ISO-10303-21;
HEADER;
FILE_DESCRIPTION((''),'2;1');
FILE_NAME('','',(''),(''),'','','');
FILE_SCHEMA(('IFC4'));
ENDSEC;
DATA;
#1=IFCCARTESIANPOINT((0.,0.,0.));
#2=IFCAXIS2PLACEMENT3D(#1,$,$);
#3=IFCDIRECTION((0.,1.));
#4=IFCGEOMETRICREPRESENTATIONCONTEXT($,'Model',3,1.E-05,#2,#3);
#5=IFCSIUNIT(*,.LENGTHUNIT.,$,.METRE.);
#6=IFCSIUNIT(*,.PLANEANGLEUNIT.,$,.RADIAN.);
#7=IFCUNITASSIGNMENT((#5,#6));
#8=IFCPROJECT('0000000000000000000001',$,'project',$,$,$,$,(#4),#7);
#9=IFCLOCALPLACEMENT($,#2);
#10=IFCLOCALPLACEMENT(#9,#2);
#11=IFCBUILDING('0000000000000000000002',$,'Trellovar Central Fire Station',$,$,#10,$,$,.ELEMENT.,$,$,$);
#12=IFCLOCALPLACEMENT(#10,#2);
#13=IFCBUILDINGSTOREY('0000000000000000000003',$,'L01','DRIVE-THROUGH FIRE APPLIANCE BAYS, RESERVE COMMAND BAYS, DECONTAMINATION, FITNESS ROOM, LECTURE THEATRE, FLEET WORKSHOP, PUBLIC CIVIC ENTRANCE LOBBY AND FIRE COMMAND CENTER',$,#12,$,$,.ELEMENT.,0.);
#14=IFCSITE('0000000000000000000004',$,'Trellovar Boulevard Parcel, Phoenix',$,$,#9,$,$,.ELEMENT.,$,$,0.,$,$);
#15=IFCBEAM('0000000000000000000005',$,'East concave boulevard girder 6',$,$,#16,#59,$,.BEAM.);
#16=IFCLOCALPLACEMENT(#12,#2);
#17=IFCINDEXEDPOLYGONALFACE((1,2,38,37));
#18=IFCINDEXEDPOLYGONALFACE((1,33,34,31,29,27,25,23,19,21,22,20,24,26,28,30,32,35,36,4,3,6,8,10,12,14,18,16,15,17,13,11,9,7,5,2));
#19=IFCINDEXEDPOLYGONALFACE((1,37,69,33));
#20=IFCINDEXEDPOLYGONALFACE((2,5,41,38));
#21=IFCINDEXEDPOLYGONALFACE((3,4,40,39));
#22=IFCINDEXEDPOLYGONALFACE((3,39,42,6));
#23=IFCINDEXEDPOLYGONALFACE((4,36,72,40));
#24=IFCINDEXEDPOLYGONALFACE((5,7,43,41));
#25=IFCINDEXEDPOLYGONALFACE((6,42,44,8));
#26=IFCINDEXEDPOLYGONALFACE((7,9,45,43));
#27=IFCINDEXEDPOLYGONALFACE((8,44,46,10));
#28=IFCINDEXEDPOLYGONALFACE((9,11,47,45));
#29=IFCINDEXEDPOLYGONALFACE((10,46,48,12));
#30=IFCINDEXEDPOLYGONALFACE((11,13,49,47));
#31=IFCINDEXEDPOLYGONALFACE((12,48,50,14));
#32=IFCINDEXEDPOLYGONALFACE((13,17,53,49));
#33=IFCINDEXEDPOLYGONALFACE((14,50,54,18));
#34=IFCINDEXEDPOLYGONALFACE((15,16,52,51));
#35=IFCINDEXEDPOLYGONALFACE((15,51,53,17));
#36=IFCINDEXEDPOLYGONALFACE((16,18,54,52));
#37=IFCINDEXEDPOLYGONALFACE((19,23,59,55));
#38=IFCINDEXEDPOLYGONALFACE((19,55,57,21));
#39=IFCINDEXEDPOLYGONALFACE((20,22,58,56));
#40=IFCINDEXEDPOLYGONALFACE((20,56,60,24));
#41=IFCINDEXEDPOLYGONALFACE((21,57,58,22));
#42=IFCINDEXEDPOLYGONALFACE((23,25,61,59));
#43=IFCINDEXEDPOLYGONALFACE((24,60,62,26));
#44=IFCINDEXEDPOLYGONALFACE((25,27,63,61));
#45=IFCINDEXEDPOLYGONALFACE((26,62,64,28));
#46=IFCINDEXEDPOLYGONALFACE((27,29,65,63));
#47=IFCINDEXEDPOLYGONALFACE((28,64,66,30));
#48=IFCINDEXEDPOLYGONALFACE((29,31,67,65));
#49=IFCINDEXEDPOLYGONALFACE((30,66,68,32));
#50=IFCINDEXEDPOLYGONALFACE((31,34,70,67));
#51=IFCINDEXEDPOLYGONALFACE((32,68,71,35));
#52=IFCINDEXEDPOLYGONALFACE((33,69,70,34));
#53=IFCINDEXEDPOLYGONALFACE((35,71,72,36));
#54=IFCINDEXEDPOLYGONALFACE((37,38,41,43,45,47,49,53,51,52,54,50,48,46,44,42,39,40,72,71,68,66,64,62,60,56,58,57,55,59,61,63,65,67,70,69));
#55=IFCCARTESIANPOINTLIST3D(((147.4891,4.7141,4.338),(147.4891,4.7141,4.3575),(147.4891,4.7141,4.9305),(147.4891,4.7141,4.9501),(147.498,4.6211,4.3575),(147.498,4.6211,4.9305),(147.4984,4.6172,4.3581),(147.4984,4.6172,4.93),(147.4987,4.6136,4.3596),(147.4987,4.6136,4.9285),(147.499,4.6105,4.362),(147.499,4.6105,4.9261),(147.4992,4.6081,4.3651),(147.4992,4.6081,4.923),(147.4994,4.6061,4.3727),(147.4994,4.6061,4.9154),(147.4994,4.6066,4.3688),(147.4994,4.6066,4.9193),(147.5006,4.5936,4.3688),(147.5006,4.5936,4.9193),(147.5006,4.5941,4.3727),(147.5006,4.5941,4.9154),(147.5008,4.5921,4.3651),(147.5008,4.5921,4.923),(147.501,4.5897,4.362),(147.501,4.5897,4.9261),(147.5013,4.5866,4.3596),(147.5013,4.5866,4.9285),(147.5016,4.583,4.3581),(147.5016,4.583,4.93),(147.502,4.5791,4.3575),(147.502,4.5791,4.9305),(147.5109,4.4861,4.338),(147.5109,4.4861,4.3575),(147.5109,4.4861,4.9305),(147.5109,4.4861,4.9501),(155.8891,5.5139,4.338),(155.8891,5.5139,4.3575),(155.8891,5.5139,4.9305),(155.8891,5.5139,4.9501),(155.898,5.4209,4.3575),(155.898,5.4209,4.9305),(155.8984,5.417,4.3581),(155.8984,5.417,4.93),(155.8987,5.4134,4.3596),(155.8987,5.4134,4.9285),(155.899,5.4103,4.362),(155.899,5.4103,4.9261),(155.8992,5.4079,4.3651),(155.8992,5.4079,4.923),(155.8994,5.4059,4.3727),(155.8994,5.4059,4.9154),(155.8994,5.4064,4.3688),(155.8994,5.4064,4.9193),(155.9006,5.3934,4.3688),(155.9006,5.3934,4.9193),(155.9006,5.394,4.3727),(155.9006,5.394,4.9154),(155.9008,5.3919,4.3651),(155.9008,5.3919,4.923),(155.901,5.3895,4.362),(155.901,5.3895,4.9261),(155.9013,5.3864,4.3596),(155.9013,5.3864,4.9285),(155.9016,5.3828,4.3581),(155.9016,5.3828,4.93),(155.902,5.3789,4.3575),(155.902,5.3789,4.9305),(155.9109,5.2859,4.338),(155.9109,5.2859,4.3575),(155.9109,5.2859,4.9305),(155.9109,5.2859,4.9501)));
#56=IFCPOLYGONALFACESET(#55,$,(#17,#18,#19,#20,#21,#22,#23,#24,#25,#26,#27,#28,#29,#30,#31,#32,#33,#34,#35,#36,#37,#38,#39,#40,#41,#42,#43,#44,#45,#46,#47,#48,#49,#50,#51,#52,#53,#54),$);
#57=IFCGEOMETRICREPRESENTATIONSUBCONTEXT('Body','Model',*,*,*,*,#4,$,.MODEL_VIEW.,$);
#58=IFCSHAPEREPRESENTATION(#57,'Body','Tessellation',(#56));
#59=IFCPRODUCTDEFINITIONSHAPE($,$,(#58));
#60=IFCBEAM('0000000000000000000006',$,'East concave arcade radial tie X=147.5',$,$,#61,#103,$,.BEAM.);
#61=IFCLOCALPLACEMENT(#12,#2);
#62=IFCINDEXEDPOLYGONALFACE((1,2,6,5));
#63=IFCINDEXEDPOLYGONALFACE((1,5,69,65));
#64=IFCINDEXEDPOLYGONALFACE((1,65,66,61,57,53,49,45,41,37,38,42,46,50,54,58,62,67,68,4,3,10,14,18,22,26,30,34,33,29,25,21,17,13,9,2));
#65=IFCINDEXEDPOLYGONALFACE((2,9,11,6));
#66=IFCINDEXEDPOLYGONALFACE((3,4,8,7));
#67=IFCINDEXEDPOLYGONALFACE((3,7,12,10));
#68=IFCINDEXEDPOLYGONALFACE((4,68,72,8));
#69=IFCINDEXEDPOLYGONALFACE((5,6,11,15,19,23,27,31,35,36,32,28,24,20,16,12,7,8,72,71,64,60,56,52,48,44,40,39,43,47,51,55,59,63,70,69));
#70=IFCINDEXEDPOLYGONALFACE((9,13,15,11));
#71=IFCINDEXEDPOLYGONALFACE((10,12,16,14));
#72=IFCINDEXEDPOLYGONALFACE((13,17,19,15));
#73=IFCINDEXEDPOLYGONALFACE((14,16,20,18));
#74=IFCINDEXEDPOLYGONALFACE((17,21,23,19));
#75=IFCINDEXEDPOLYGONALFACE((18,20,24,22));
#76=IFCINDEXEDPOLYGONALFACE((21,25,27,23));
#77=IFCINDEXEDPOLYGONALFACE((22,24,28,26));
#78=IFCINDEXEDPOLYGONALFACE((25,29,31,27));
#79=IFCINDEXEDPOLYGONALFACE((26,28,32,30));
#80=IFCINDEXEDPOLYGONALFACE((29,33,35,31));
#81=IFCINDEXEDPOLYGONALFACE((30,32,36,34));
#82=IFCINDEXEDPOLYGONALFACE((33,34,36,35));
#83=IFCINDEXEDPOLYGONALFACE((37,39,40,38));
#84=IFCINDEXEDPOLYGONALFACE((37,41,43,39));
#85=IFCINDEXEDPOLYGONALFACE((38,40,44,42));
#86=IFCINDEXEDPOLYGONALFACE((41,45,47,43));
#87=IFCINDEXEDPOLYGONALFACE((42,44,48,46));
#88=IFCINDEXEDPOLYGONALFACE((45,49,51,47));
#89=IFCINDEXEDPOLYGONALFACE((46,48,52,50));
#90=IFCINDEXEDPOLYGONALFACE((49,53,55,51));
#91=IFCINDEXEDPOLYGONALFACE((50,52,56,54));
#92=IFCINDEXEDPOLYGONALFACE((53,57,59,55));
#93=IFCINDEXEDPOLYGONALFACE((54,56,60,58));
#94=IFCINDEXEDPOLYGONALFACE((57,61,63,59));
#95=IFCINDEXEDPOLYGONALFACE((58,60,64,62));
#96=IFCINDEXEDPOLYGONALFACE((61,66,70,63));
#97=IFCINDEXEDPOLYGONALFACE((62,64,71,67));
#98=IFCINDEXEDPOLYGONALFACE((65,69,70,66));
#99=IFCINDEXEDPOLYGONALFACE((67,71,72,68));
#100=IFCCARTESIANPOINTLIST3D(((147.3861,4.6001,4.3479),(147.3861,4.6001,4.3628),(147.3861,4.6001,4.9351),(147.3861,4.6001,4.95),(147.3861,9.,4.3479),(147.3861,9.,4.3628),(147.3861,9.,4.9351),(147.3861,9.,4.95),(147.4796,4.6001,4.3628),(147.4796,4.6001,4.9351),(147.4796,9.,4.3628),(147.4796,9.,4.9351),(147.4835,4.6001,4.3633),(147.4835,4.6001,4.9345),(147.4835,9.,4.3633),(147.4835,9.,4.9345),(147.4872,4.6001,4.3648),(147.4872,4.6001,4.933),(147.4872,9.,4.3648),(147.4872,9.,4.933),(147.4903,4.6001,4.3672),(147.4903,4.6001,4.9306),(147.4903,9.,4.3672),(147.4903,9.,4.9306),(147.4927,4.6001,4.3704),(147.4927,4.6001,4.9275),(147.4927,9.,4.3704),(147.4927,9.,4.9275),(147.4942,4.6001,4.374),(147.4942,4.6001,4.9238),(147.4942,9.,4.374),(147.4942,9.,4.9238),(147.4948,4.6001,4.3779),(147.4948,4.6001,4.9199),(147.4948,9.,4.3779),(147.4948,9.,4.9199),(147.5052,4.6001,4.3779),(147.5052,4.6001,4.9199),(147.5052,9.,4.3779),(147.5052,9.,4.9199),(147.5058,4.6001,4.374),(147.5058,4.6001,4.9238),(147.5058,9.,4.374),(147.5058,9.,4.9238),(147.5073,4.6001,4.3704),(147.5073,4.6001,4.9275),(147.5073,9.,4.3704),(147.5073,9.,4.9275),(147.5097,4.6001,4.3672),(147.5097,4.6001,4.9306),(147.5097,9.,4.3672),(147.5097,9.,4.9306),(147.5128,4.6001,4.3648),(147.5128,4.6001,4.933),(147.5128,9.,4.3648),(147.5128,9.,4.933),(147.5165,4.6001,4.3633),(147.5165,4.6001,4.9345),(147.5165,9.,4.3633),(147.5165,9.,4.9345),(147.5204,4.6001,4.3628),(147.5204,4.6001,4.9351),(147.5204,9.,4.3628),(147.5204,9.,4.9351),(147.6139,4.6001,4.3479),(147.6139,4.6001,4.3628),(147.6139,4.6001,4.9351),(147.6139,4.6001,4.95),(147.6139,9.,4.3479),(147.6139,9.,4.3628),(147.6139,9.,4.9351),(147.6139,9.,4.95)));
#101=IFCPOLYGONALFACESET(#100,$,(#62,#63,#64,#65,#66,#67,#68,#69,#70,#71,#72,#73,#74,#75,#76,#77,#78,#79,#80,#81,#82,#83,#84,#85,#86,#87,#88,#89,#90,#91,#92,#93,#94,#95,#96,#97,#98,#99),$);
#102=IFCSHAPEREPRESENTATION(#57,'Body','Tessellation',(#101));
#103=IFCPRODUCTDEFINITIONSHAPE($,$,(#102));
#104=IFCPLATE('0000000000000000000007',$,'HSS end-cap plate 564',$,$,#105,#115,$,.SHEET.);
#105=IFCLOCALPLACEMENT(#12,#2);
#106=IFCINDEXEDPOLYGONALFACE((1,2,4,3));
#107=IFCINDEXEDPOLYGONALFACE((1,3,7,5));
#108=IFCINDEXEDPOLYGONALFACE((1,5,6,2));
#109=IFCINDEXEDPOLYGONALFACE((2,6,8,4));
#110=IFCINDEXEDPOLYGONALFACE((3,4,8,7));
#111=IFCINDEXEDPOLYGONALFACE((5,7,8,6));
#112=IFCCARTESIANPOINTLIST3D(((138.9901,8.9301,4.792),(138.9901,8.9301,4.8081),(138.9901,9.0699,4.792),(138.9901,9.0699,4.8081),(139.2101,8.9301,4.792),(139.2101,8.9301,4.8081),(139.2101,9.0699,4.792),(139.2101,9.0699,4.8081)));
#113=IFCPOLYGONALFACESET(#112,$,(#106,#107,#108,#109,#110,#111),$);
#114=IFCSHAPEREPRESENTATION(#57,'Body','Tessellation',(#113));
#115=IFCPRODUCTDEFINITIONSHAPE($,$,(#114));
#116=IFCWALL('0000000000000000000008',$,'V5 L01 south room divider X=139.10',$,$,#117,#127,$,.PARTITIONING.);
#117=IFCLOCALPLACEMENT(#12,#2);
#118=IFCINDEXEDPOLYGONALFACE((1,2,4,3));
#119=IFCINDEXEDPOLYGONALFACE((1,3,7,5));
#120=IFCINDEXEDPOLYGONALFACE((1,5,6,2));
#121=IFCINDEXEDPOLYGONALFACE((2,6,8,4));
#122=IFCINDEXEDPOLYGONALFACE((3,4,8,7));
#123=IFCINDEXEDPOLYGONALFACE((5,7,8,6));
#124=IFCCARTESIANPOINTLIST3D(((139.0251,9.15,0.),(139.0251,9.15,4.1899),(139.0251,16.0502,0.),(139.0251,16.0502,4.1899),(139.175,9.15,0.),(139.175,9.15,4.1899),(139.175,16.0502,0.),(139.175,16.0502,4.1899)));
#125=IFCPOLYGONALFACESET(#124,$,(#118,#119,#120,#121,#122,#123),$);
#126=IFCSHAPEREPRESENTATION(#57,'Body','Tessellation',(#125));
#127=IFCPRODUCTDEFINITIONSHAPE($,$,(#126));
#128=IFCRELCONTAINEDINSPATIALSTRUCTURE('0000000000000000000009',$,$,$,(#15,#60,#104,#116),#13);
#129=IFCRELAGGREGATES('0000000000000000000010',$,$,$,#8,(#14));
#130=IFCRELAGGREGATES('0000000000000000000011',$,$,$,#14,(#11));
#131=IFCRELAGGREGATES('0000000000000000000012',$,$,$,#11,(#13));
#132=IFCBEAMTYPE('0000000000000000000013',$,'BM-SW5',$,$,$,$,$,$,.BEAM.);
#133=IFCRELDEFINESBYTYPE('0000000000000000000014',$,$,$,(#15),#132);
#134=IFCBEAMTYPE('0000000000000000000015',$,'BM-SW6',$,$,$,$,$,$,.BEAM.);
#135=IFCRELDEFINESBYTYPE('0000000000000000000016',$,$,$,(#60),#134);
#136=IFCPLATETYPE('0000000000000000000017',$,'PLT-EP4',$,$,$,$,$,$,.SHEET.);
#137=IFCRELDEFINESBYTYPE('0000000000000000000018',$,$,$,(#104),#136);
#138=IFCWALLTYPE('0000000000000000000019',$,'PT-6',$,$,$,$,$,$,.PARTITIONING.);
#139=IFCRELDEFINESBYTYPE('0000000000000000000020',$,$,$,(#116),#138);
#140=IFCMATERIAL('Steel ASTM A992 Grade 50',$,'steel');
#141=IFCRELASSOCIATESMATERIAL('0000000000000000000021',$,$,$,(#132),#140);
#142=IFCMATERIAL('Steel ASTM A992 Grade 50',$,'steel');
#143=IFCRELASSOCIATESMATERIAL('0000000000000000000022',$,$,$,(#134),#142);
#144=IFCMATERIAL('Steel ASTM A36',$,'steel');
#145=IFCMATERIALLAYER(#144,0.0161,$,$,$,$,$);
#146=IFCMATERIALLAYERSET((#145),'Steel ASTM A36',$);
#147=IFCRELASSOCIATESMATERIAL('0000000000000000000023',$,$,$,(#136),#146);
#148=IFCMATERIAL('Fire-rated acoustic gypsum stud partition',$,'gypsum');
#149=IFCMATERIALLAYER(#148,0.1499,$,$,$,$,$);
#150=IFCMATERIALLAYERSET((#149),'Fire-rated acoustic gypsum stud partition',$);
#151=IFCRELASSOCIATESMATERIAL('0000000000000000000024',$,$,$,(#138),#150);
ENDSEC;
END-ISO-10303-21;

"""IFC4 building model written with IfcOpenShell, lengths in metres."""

from ifc_helpers import new_model, si_unit, direction, frame, frame_2d, origin, origin_2d, place, context, subcontext, project, spatial, rectangle, i_section, extrude, material, layer, layer_set, material_profile, profile_set, type_object, element, save


model = new_model("IFC4")

# Units and contexts
model_context = context("Model", 3, precision=1e-05, world=origin(), true_north=direction((0.0, 1.0)))
body_context = subcontext(model_context, "Body", "Model", "MODEL_VIEW")
ifc_project = project(units=[si_unit("LENGTHUNIT", "METRE"), si_unit("PLANEANGLEUNIT", "RADIAN")], contexts=[model_context])

# Site, building, storey
site_placement = place(None, origin())
site = spatial("IfcSite", under=ifc_project, at=site_placement, Name="Trellovar Boulevard Parcel, Phoenix", CompositionType="ELEMENT", RefElevation=0.0)
building_placement = place(site_placement, origin())
building = spatial("IfcBuilding", under=site, at=building_placement, Name="Trellovar Central Fire Station", CompositionType="ELEMENT")
storey_placement = place(building_placement, origin())
storey = spatial("IfcBuildingStorey", under=building, at=storey_placement, Name="L01", Description="DRIVE-THROUGH FIRE APPLIANCE BAYS, RESERVE COMMAND BAYS, DECONTAMINATION, FITNESS ROOM, LECTURE THEATRE, FLEET WORKSHOP, PUBLIC CIVIC ENTRANCE LOBBY AND FIRE COMMAND CENTER", CompositionType="ELEMENT", Elevation=0.0)

# Beams
ifc_material_1 = material(Name="Steel ASTM A992 Grade 50", Category="steel")
ifc_material_profile_1 = material_profile(ifc_material_1, i_section(OverallWidth=0.229, OverallDepth=0.6121, WebThickness=0.012, FlangeThickness=0.0195, FilletRadius=0.0151, at=origin_2d()), Name="W24X84")
ifc_profile_set_1 = profile_set([ifc_material_profile_1], Name="Steel ASTM A992 Grade 50")
beam_type_1 = type_object("IfcBeamType", Name="BM-SW5", PredefinedType="BEAM", material=ifc_profile_set_1)
beam_1_placement = place(storey_placement, frame((147.5, 4.6001, 4.644), z_axis=(0.995498, 0.094787, 0.0), x_axis=(-0.094787, 0.995498, 0.0)))
element("IfcBeam", 1, at=beam_1_placement, inside=storey, type_object=beam_type_1, Name="East concave boulevard girder 6", PredefinedType="BEAM", context=body_context, shape_type="SweptSolid", body=[
    extrude(i_section(OverallWidth=0.229, OverallDepth=0.6121, WebThickness=0.012, FlangeThickness=0.0195, FilletRadius=0.0151, at=origin_2d()), origin(), (0.0, 0.0, 1.0), 8.438),
])
ifc_material_2 = material(Name="Steel ASTM A992 Grade 50", Category="steel")
ifc_material_profile_2 = material_profile(ifc_material_2, i_section(OverallWidth=0.2278, OverallDepth=0.6021, WebThickness=0.0105, FlangeThickness=0.0149, FilletRadius=0.0151, at=origin_2d()), Name="W24X68")
ifc_profile_set_2 = profile_set([ifc_material_profile_2], Name="Steel ASTM A992 Grade 50")
beam_type_2 = type_object("IfcBeamType", Name="BM-SW6", PredefinedType="BEAM", material=ifc_profile_set_2)
beam_2_placement = place(storey_placement, frame((147.5, 4.6001, 4.6489), z_axis=(0.0, 1.0, 0.0), x_axis=(-1.0, 0.0, 0.0)))
element("IfcBeam", 2, at=beam_2_placement, inside=storey, type_object=beam_type_2, Name="East concave arcade radial tie X=147.5", PredefinedType="BEAM", context=body_context, shape_type="SweptSolid", body=[
    extrude(i_section(OverallWidth=0.2278, OverallDepth=0.6021, WebThickness=0.0105, FlangeThickness=0.0149, FilletRadius=0.0151, at=origin_2d()), origin(), (0.0, 0.0, 1.0), 4.3999),
])

# Plate
ifc_material_3 = material(Name="Steel ASTM A36", Category="steel")
ifc_layer_1 = layer(ifc_material_3, 0.0161)
ifc_layer_set_1 = layer_set([ifc_layer_1], Name="Steel ASTM A36")
plate_type = type_object("IfcPlateType", Name="PLT-EP4", PredefinedType="SHEET", material=ifc_layer_set_1)
plate_placement = place(storey_placement, frame((139.1001, 9.0, 4.792), z_axis=(0.0, 0.0, 1.0), x_axis=(1.0, 0.0, 0.0)))
element("IfcPlate", 3, at=plate_placement, inside=storey, type_object=plate_type, Name="HSS end-cap plate 564", PredefinedType="SHEET", context=body_context, shape_type="SweptSolid", body=[
    extrude(rectangle(XDim=0.22, YDim=0.1399, at=origin_2d()), origin(), (0.0, 0.0, 1.0), 0.0161),
])

# Wall
ifc_material_4 = material(Name="Fire-rated acoustic gypsum stud partition", Category="gypsum")
ifc_layer_2 = layer(ifc_material_4, 0.1499)
ifc_layer_set_2 = layer_set([ifc_layer_2], Name="Fire-rated acoustic gypsum stud partition")
wall_type_1 = type_object("IfcWallType", Name="PT-6", PredefinedType="PARTITIONING", material=ifc_layer_set_2)
wall_1_placement = place(storey_placement, frame((139.1001, 9.1499, 0.0), z_axis=(0.0, 0.0, 1.0), x_axis=(0.0, 1.0, 0.0)))
element("IfcWall", 4, at=wall_1_placement, inside=storey, type_object=wall_type_1, Name="V5 L01 south room divider X=139.10", PredefinedType="PARTITIONING", context=body_context, shape_type="SweptSolid", body=[
    extrude(rectangle(XDim=6.9001, YDim=0.1499, at=frame_2d((3.4502, 0.0))), origin(), (0.0, 0.0, 1.0), 4.1899),
])

save(model, "model.ifc")
